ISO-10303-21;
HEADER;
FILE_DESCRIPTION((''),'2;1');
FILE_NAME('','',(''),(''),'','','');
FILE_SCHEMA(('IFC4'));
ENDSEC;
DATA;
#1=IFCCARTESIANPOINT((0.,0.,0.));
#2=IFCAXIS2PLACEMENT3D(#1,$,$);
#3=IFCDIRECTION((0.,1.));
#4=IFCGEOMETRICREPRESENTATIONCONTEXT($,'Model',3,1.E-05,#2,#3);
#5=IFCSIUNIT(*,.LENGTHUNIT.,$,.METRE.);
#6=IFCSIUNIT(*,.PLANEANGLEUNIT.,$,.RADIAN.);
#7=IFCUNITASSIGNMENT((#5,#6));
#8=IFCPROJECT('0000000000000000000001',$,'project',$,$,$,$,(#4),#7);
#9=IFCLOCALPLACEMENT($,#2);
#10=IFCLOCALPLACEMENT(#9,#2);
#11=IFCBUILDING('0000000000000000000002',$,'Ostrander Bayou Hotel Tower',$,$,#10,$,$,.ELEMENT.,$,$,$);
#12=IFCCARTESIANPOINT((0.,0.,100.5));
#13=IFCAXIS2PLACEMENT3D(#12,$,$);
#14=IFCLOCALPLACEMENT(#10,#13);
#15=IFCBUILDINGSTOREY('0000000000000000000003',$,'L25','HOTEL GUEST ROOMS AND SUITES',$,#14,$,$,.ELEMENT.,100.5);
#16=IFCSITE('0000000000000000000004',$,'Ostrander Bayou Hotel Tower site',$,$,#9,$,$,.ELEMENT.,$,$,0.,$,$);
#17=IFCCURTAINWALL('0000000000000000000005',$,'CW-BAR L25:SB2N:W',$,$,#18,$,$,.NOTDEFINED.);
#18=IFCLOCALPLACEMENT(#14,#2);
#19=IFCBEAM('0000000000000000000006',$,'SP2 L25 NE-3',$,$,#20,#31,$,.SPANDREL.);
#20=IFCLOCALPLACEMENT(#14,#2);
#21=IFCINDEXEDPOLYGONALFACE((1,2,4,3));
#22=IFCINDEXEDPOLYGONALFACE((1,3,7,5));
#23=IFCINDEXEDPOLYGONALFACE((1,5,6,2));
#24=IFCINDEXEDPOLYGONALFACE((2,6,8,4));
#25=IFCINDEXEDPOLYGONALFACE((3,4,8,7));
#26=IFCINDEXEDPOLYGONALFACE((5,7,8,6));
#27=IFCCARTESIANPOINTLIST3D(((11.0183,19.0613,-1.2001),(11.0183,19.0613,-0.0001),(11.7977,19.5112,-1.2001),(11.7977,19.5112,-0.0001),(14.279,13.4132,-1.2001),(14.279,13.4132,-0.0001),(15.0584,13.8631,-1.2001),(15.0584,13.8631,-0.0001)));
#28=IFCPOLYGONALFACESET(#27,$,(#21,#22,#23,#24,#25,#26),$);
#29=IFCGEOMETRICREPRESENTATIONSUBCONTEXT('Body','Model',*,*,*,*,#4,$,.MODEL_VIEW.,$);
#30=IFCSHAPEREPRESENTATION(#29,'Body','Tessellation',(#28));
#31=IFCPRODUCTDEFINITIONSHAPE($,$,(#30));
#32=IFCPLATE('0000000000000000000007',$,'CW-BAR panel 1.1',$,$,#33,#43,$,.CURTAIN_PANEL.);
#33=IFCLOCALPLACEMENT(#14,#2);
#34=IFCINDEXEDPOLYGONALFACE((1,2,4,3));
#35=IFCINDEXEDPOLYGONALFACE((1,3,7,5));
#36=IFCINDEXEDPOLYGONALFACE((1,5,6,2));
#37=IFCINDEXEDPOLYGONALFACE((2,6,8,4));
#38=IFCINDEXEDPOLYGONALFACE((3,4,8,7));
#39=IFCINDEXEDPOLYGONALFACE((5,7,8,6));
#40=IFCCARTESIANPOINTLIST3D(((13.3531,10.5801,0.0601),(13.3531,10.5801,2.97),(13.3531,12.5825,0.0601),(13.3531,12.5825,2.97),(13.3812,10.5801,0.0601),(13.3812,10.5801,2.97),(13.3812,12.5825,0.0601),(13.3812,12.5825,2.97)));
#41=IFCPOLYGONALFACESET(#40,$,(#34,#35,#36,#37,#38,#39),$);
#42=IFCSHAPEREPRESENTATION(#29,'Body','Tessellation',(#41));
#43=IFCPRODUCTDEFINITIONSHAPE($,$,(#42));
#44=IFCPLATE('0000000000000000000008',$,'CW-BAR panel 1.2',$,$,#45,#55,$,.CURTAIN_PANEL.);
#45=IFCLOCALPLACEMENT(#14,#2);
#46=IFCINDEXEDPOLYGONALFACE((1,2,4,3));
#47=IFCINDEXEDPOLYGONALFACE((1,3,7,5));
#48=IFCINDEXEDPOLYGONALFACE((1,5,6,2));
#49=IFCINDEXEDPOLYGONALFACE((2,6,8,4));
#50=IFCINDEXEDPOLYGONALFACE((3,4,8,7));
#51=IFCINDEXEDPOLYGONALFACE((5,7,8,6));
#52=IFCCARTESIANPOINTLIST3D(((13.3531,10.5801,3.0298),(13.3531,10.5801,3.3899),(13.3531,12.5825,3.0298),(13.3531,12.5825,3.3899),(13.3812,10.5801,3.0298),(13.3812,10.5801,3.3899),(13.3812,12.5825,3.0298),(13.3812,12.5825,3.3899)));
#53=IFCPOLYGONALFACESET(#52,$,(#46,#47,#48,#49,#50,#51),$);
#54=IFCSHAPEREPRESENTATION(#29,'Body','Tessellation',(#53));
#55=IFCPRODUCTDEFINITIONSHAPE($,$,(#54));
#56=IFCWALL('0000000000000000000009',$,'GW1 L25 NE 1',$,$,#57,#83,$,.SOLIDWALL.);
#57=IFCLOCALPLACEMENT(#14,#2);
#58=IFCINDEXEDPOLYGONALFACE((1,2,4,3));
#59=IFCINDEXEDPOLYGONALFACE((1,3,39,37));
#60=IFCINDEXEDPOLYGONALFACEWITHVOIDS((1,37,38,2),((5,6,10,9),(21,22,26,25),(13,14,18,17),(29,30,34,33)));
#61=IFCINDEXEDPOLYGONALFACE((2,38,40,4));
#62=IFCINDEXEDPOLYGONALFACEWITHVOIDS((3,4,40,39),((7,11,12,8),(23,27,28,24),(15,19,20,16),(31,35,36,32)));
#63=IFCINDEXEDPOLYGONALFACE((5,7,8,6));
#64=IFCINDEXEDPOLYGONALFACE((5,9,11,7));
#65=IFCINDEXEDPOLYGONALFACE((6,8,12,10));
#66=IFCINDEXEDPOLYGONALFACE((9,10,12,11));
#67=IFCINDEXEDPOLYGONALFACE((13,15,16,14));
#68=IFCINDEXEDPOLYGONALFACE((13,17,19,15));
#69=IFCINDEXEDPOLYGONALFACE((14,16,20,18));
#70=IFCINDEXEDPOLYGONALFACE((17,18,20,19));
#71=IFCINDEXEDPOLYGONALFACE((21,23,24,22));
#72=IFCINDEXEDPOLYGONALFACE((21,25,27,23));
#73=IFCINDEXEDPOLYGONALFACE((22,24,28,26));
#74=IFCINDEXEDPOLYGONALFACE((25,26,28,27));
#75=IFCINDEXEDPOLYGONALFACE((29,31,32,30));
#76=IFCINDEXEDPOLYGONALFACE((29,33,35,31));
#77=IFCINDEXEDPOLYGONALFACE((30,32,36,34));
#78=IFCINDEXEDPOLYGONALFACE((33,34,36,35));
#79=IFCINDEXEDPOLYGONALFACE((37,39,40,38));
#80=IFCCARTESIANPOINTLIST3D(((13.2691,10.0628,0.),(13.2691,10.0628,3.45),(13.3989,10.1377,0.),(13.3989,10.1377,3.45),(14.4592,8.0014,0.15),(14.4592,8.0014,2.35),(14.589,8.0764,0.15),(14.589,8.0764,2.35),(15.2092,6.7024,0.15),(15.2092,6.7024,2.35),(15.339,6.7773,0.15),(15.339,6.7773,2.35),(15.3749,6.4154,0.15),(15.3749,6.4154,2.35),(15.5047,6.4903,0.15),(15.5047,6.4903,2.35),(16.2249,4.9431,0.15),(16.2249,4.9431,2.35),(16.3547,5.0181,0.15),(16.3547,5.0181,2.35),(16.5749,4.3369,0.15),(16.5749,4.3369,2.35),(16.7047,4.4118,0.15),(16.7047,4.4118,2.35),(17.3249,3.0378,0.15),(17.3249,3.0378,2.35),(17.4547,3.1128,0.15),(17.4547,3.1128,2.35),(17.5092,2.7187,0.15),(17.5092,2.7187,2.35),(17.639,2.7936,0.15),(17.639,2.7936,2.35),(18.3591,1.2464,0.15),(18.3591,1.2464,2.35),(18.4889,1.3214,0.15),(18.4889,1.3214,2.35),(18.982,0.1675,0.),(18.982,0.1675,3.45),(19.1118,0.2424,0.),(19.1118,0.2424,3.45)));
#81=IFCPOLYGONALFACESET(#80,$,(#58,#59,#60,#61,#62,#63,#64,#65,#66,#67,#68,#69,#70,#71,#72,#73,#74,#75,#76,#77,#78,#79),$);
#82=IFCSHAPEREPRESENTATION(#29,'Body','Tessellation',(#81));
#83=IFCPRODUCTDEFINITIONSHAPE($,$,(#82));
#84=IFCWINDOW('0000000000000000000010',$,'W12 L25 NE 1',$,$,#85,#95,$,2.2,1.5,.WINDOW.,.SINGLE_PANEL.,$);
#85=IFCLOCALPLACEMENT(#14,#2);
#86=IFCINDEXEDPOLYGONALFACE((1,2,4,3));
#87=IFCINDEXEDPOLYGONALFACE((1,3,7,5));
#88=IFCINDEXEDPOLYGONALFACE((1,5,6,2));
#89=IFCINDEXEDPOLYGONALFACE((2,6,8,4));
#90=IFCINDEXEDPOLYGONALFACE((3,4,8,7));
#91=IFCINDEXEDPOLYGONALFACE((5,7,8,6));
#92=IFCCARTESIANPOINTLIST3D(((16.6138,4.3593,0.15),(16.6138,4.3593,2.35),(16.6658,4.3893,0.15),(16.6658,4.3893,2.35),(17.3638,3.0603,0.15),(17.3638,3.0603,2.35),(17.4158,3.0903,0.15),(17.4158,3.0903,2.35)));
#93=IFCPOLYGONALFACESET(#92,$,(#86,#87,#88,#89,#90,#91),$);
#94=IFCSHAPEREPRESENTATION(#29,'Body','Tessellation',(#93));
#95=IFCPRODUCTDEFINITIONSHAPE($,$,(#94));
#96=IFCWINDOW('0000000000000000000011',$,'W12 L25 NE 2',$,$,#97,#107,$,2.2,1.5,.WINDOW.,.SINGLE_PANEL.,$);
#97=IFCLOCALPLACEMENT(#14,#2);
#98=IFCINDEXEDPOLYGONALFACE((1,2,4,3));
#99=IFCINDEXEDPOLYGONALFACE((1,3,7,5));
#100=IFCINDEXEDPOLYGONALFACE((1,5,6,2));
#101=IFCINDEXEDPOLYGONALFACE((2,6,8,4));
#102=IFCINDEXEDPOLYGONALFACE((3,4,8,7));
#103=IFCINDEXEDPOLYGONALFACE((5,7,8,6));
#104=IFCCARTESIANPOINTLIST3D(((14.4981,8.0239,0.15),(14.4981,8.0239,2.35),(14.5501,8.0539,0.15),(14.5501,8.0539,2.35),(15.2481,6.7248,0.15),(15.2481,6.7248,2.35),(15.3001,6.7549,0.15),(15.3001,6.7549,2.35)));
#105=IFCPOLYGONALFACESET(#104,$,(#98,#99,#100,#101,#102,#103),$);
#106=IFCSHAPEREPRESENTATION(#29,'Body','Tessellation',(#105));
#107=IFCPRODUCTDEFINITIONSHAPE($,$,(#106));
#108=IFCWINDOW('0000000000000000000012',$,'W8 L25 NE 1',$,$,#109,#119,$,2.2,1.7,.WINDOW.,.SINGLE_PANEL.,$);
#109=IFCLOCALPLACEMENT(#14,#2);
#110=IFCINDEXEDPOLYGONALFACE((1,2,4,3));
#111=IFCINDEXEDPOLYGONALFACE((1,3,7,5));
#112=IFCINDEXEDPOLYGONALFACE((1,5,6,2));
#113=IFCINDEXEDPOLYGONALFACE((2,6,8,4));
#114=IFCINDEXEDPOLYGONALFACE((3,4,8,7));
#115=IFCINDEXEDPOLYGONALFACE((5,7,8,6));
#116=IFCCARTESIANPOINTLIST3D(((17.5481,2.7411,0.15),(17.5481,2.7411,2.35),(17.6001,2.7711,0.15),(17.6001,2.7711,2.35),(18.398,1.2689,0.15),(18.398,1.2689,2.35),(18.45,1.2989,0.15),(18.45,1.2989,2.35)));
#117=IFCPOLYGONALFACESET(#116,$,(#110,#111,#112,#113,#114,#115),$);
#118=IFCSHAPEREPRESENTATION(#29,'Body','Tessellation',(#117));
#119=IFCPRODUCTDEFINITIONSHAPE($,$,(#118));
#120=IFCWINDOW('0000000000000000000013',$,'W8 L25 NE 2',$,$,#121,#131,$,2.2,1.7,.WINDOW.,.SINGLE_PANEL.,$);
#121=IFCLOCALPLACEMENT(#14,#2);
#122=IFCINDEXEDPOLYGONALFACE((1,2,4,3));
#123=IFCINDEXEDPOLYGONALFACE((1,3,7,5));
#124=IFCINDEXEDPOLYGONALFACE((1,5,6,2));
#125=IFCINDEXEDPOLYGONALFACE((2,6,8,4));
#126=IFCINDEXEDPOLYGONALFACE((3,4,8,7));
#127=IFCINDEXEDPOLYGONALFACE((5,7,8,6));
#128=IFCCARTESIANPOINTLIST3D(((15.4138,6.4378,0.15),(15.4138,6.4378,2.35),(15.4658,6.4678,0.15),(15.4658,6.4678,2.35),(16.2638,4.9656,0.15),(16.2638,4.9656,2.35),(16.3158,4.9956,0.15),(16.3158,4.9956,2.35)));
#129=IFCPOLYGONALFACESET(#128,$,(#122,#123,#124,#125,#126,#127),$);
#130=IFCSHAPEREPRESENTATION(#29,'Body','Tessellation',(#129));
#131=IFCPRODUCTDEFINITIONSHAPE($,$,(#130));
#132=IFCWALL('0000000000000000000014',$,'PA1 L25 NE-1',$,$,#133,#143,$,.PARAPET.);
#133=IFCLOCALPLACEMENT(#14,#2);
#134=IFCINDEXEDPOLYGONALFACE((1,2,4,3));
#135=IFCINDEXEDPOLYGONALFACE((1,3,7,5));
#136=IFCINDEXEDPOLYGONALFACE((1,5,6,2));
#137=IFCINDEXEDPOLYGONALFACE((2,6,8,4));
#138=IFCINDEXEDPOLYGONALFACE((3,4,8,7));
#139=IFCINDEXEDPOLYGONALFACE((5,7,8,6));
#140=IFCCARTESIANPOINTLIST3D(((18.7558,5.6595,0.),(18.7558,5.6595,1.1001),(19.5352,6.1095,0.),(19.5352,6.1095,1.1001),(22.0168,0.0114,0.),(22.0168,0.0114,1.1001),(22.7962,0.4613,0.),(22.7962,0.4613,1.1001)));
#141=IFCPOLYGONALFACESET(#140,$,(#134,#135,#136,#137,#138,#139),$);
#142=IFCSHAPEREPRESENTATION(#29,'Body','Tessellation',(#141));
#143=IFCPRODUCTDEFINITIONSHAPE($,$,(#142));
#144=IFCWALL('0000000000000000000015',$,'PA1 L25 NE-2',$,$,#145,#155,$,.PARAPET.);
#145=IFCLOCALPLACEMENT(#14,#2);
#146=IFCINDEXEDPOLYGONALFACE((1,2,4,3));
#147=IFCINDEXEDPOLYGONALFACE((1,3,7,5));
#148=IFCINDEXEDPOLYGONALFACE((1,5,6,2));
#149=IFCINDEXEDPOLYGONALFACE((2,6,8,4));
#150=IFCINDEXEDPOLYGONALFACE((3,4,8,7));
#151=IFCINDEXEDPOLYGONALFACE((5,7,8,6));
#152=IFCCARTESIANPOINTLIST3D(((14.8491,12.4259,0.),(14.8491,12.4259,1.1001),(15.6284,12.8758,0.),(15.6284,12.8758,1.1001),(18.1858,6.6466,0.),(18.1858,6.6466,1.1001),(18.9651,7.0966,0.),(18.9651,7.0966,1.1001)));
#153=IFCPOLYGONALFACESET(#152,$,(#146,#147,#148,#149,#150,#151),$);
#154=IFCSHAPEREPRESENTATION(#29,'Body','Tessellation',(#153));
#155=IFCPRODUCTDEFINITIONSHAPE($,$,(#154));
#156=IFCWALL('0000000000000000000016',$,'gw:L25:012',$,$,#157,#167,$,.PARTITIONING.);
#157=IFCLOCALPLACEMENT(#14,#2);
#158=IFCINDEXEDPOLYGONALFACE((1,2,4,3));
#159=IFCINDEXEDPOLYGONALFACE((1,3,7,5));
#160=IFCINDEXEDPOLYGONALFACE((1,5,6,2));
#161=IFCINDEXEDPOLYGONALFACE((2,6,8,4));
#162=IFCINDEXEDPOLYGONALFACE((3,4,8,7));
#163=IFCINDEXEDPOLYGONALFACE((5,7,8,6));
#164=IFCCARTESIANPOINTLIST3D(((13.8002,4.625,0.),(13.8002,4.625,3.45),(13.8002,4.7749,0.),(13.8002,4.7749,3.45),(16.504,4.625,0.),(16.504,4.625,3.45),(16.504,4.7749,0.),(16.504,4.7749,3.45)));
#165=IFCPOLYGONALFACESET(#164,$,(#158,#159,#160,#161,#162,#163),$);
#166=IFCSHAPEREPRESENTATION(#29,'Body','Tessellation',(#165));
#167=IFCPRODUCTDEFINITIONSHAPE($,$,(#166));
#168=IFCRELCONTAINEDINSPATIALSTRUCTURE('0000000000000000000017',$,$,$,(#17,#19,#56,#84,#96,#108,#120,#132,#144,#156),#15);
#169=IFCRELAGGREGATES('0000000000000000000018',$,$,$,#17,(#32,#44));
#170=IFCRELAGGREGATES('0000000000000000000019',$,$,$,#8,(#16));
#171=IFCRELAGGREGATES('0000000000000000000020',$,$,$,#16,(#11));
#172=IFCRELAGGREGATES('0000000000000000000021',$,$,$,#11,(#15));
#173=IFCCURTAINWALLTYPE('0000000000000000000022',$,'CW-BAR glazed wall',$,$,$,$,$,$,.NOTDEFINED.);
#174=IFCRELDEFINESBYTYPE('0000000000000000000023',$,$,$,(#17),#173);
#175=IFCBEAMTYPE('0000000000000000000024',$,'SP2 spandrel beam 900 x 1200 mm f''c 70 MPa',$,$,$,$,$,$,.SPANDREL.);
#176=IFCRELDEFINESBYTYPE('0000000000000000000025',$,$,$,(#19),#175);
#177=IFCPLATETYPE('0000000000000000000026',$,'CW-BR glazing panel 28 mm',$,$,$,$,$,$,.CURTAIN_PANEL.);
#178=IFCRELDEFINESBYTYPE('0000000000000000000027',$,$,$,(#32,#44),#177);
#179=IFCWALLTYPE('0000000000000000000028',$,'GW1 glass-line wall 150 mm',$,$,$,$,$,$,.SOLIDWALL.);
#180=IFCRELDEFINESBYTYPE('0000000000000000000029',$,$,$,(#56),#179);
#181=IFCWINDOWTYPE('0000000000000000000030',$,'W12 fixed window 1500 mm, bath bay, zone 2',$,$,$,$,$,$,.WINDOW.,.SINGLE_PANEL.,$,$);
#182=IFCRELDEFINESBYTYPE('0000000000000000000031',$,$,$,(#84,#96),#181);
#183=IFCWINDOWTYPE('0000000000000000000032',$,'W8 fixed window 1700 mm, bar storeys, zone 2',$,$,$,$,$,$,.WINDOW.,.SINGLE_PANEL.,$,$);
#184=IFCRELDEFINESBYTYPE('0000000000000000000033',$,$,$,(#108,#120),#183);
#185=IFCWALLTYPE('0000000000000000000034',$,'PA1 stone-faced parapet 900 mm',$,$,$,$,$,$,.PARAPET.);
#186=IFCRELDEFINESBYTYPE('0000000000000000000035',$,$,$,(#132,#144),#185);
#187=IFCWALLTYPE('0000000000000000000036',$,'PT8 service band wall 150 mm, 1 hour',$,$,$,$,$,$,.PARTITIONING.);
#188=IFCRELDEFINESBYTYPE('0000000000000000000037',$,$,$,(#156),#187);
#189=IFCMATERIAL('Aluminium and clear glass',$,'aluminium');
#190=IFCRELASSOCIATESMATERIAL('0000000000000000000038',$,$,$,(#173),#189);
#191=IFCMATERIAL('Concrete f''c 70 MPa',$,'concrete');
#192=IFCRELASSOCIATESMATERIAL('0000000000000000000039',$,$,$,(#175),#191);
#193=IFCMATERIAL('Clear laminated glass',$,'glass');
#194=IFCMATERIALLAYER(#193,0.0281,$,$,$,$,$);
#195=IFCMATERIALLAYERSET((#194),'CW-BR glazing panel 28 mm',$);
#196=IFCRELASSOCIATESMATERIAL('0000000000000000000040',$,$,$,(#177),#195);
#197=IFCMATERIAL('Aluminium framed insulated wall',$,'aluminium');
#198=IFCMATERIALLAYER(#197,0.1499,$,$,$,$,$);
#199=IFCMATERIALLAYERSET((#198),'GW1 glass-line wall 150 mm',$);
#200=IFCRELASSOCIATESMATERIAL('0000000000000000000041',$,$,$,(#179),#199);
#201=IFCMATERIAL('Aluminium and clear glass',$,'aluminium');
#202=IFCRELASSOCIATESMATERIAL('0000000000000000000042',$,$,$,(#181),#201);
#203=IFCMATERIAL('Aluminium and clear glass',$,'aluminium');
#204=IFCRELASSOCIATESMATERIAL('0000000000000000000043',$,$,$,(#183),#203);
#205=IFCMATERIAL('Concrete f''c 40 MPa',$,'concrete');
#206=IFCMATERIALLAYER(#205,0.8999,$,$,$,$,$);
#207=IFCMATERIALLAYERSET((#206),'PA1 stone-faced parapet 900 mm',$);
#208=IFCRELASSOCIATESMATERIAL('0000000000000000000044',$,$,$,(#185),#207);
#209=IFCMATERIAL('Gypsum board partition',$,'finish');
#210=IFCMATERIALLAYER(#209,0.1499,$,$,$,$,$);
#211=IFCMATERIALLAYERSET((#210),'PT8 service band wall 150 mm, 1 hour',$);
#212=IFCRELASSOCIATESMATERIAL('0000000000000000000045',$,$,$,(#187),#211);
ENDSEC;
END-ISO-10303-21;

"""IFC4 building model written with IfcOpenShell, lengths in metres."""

from ifc_helpers import new_model, si_unit, direction, frame, frame_2d, origin, origin_2d, place, context, subcontext, project, spatial, rectangle, extrude, material, layer, layer_set, material_profile, profile_set, type_object, element, fill, aggregate, save


model = new_model("IFC4")

# Units and contexts
model_context = context("Model", 3, precision=1e-05, world=origin(), true_north=direction((0.0, 1.0)))
body_context = subcontext(model_context, "Body", "Model", "MODEL_VIEW")
ifc_project = project(units=[si_unit("LENGTHUNIT", "METRE"), si_unit("PLANEANGLEUNIT", "RADIAN")], contexts=[model_context])

# Site, building, storey
site_placement = place(None, origin())
site = spatial("IfcSite", under=ifc_project, at=site_placement, Name="Ostrander Bayou Hotel Tower site", CompositionType="ELEMENT", RefElevation=0.0)
building_placement = place(site_placement, origin())
building = spatial("IfcBuilding", under=site, at=building_placement, Name="Ostrander Bayou Hotel Tower", CompositionType="ELEMENT")
storey_placement = place(building_placement, frame((0.0, 0.0, 100.5)))
storey = spatial("IfcBuildingStorey", under=building, at=storey_placement, Name="L25", Description="HOTEL GUEST ROOMS AND SUITES", CompositionType="ELEMENT", Elevation=100.5)

# Curtain wall
ifc_material_1 = material(Name="Aluminium and clear glass", Category="aluminium")
curtain_wall_type = type_object("IfcCurtainWallType", Name="CW-BAR glazed wall", PredefinedType="NOTDEFINED", material=ifc_material_1)
curtain_wall_placement = place(storey_placement, origin())
curtain_wall = element("IfcCurtainWall", 1, at=curtain_wall_placement, inside=storey, type_object=curtain_wall_type, Name="CW-BAR L25:SB2N:W", PredefinedType="NOTDEFINED")

# Beam
ifc_material_2 = material(Name="Concrete f'c 70 MPa", Category="concrete")
ifc_material_profile_1 = material_profile(ifc_material_2, rectangle(XDim=0.8999, YDim=1.2, at=origin_2d()))
ifc_profile_set_1 = profile_set([ifc_material_profile_1], Name="Concrete f'c 70 MPa")
beam_type_1 = type_object("IfcBeamType", Name="SP2 spandrel beam 900 x 1200 mm f'c 70 MPa", PredefinedType="SPANDREL", material=ifc_profile_set_1)
beam_1_placement = place(storey_placement, frame((14.6687, 13.6382, -0.6001), z_axis=(-0.499972, 0.866042, 0.0), x_axis=(-0.866042, -0.499972, 0.0)))
element("IfcBeam", 2, at=beam_1_placement, inside=storey, type_object=beam_type_1, Name="SP2 L25 NE-3", PredefinedType="SPANDREL", context=body_context, shape_type="SweptSolid", body=[
    extrude(rectangle(XDim=0.8999, YDim=1.2, at=origin_2d()), origin(), (0.0, 0.0, 1.0), 6.5217),
])

# Plates
ifc_material_3 = material(Name="Clear laminated glass", Category="glass")
ifc_layer_1 = layer(ifc_material_3, 0.0281)
ifc_layer_set_1 = layer_set([ifc_layer_1], Name="CW-BR glazing panel 28 mm")
plate_type = type_object("IfcPlateType", Name="CW-BR glazing panel 28 mm", PredefinedType="CURTAIN_PANEL", material=ifc_layer_set_1)
plate_1_placement = place(storey_placement, frame((13.3672, 11.5813, 0.0601), z_axis=(0.0, 0.0, 1.0), x_axis=(0.0, 1.0, 0.0)))
plate_1 = element("IfcPlate", 3, at=plate_1_placement, type_object=plate_type, Name="CW-BAR panel 1.1", PredefinedType="CURTAIN_PANEL", context=body_context, shape_type="SweptSolid", body=[
    extrude(rectangle(XDim=2.0024, YDim=0.0281, at=origin_2d()), origin(), (0.0, 0.0, 1.0), 2.9099),
])
plate_2_placement = place(storey_placement, frame((13.3672, 11.5813, 3.0298), z_axis=(0.0, 0.0, 1.0), x_axis=(0.0, 1.0, 0.0)))
plate_2 = element("IfcPlate", 4, at=plate_2_placement, type_object=plate_type, Name="CW-BAR panel 1.2", PredefinedType="CURTAIN_PANEL", context=body_context, shape_type="SweptSolid", body=[
    extrude(rectangle(XDim=2.0024, YDim=0.0281, at=origin_2d()), origin(), (0.0, 0.0, 1.0), 0.3601),
])
aggregate(curtain_wall, [plate_1, plate_2])

# Wall, openings, windows
ifc_material_4 = material(Name="Aluminium framed insulated wall", Category="aluminium")
ifc_layer_2 = layer(ifc_material_4, 0.1499)
ifc_layer_set_2 = layer_set([ifc_layer_2], Name="GW1 glass-line wall 150 mm")
wall_type_1 = type_object("IfcWallType", Name="GW1 glass-line wall 150 mm", PredefinedType="SOLIDWALL", material=ifc_layer_set_2)
wall_1_placement = place(storey_placement, frame((19.0469, 0.2051, 0.0), z_axis=(0.0, 0.0, 1.0), x_axis=(-0.499991, 0.866031, 0.0)))
wall_1 = element("IfcWall", 5, at=wall_1_placement, inside=storey, type_object=wall_type_1, Name="GW1 L25 NE 1", PredefinedType="SOLIDWALL", context=body_context, shape_type="SweptSolid", body=[
    extrude(rectangle(XDim=11.426, YDim=0.1499, at=frame_2d((5.7129, 0.0))), origin(), (0.0, 0.0, 1.0), 3.45),
])
opening_1_placement = place(wall_1_placement, frame((1.2456, 0.0, 0.1499)))
opening_1 = element("IfcOpeningElement", 6, at=opening_1_placement, cuts=wall_1, PredefinedType="OPENING", context=body_context, shape_type="SweptSolid", body=[
    extrude(rectangle(XDim=1.7, YDim=2.2, at=frame_2d((0.8501, 1.1001))), frame((0.0, 0.075, 0.0), z_axis=(0.0, -1.0, 0.0), x_axis=(1.0, 0.0, 0.0)), (0.0, 0.0, 1.0), 0.1499),
])
opening_2_placement = place(wall_1_placement, frame((3.3142, 0.0, 0.1499)))
opening_2 = element("IfcOpeningElement", 7, at=opening_2_placement, cuts=wall_1, PredefinedType="OPENING", context=body_context, shape_type="SweptSolid", body=[
    extrude(rectangle(XDim=1.5, YDim=2.2, at=frame_2d((0.75, 1.1001))), frame((0.0, 0.075, 0.0), z_axis=(0.0, -1.0, 0.0), x_axis=(1.0, 0.0, 0.0)), (0.0, 0.0, 1.0), 0.1499),
])
opening_3_placement = place(wall_1_placement, frame((5.5142, 0.0, 0.1499)))
opening_3 = element("IfcOpeningElement", 8, at=opening_3_placement, cuts=wall_1, PredefinedType="OPENING", context=body_context, shape_type="SweptSolid", body=[
    extrude(rectangle(XDim=1.7, YDim=2.2, at=frame_2d((0.8501, 1.1001))), frame((0.0, 0.075, 0.0), z_axis=(0.0, -1.0, 0.0), x_axis=(1.0, 0.0, 0.0)), (0.0, 0.0, 1.0), 0.1499),
])
opening_4_placement = place(wall_1_placement, frame((7.5457, 0.0, 0.1499)))
opening_4 = element("IfcOpeningElement", 9, at=opening_4_placement, cuts=wall_1, PredefinedType="OPENING", context=body_context, shape_type="SweptSolid", body=[
    extrude(rectangle(XDim=1.5, YDim=2.2, at=frame_2d((0.75, 1.1001))), frame((0.0, 0.075, 0.0), z_axis=(0.0, -1.0, 0.0), x_axis=(1.0, 0.0, 0.0)), (0.0, 0.0, 1.0), 0.1499),
])
ifc_material_5 = material(Name="Aluminium and clear glass", Category="aluminium")
window_type_1 = type_object("IfcWindowType", Name="W12 fixed window 1500 mm, bath bay, zone 2", PartitioningType="SINGLE_PANEL", PredefinedType="WINDOW", material=ifc_material_5)
window_1_placement = place(opening_2_placement, origin())
window_1 = element("IfcWindow", 10, at=window_1_placement, inside=storey, type_object=window_type_1, Name="W12 L25 NE 1", OverallHeight=2.2, OverallWidth=1.5, PartitioningType="SINGLE_PANEL", PredefinedType="WINDOW", context=body_context, shape_type="SweptSolid", body=[
    extrude(rectangle(XDim=1.5, YDim=2.2, at=frame_2d((0.75, 1.1001))), frame((0.0, 0.03, 0.0), z_axis=(0.0, -1.0, 0.0), x_axis=(1.0, 0.0, 0.0)), (0.0, 0.0, 1.0), 0.0601),
])
fill(opening_2, window_1)
window_2_placement = place(opening_4_placement, origin())
window_2 = element("IfcWindow", 11, at=window_2_placement, inside=storey, type_object=window_type_1, Name="W12 L25 NE 2", OverallHeight=2.2, OverallWidth=1.5, PartitioningType="SINGLE_PANEL", PredefinedType="WINDOW", context=body_context, shape_type="SweptSolid", body=[
    extrude(rectangle(XDim=1.5, YDim=2.2, at=frame_2d((0.75, 1.1001))), frame((0.0, 0.03, 0.0), z_axis=(0.0, -1.0, 0.0), x_axis=(1.0, 0.0, 0.0)), (0.0, 0.0, 1.0), 0.0601),
])
fill(opening_4, window_2)
ifc_material_6 = material(Name="Aluminium and clear glass", Category="aluminium")
window_type_2 = type_object("IfcWindowType", Name="W8 fixed window 1700 mm, bar storeys, zone 2", PartitioningType="SINGLE_PANEL", PredefinedType="WINDOW", material=ifc_material_6)
window_3_placement = place(opening_1_placement, origin())
window_3 = element("IfcWindow", 12, at=window_3_placement, inside=storey, type_object=window_type_2, Name="W8 L25 NE 1", OverallHeight=2.2, OverallWidth=1.7, PartitioningType="SINGLE_PANEL", PredefinedType="WINDOW", context=body_context, shape_type="SweptSolid", body=[
    extrude(rectangle(XDim=1.7, YDim=2.2, at=frame_2d((0.8501, 1.1001))), frame((0.0, 0.03, 0.0), z_axis=(0.0, -1.0, 0.0), x_axis=(1.0, 0.0, 0.0)), (0.0, 0.0, 1.0), 0.0601),
])
fill(opening_1, window_3)
window_4_placement = place(opening_3_placement, origin())
window_4 = element("IfcWindow", 13, at=window_4_placement, inside=storey, type_object=window_type_2, Name="W8 L25 NE 2", OverallHeight=2.2, OverallWidth=1.7, PartitioningType="SINGLE_PANEL", PredefinedType="WINDOW", context=body_context, shape_type="SweptSolid", body=[
    extrude(rectangle(XDim=1.7, YDim=2.2, at=frame_2d((0.8501, 1.1001))), frame((0.0, 0.03, 0.0), z_axis=(0.0, -1.0, 0.0), x_axis=(1.0, 0.0, 0.0)), (0.0, 0.0, 1.0), 0.0601),
])
fill(opening_3, window_4)

# Walls
ifc_material_7 = material(Name="Concrete f'c 40 MPa", Category="concrete")
ifc_layer_3 = layer(ifc_material_7, 0.8999)
ifc_layer_set_3 = layer_set([ifc_layer_3], Name="PA1 stone-faced parapet 900 mm")
wall_type_2 = type_object("IfcWallType", Name="PA1 stone-faced parapet 900 mm", PredefinedType="PARAPET", material=ifc_layer_set_3)
wall_2_placement = place(storey_placement, frame((22.4065, 0.2363, 0.0), z_axis=(0.0, 0.0, 1.0), x_axis=(-0.5, 0.866025, 0.0)))
element("IfcWall", 14, at=wall_2_placement, inside=storey, type_object=wall_type_2, Name="PA1 L25 NE-1", PredefinedType="PARAPET", context=body_context, shape_type="SweptSolid", body=[
    extrude(rectangle(XDim=6.522, YDim=0.8999, at=frame_2d((3.261, 0.0))), origin(), (0.0, 0.0, 1.0), 1.1001),
])
wall_3_placement = place(storey_placement, frame((18.5754, 6.8716, 0.0), z_axis=(0.0, 0.0, 1.0), x_axis=(-0.499999, 0.866026, 0.0)))
element("IfcWall", 15, at=wall_3_placement, inside=storey, type_object=wall_type_2, Name="PA1 L25 NE-2", PredefinedType="PARAPET", context=body_context, shape_type="SweptSolid", body=[
    extrude(rectangle(XDim=6.6733, YDim=0.8999, at=frame_2d((3.3367, 0.0))), origin(), (0.0, 0.0, 1.0), 1.1001),
])
ifc_material_8 = material(Name="Gypsum board partition", Category="finish")
ifc_layer_4 = layer(ifc_material_8, 0.1499)
ifc_layer_set_4 = layer_set([ifc_layer_4], Name="PT8 service band wall 150 mm, 1 hour")
wall_type_3 = type_object("IfcWallType", Name="PT8 service band wall 150 mm, 1 hour", PredefinedType="PARTITIONING", material=ifc_layer_set_4)
wall_4_placement = place(storey_placement, frame((13.8, 4.7, 0.0), z_axis=(0.0, 0.0, 1.0), x_axis=(1.0, 0.0, 0.0)))
element("IfcWall", 16, at=wall_4_placement, inside=storey, type_object=wall_type_3, Name="gw:L25:012", PredefinedType="PARTITIONING", context=body_context, shape_type="SweptSolid", body=[
    extrude(rectangle(XDim=2.7039, YDim=0.1499, at=frame_2d((1.3521, 0.0))), origin(), (0.0, 0.0, 1.0), 3.45),
])

save(model, "model.ifc")
